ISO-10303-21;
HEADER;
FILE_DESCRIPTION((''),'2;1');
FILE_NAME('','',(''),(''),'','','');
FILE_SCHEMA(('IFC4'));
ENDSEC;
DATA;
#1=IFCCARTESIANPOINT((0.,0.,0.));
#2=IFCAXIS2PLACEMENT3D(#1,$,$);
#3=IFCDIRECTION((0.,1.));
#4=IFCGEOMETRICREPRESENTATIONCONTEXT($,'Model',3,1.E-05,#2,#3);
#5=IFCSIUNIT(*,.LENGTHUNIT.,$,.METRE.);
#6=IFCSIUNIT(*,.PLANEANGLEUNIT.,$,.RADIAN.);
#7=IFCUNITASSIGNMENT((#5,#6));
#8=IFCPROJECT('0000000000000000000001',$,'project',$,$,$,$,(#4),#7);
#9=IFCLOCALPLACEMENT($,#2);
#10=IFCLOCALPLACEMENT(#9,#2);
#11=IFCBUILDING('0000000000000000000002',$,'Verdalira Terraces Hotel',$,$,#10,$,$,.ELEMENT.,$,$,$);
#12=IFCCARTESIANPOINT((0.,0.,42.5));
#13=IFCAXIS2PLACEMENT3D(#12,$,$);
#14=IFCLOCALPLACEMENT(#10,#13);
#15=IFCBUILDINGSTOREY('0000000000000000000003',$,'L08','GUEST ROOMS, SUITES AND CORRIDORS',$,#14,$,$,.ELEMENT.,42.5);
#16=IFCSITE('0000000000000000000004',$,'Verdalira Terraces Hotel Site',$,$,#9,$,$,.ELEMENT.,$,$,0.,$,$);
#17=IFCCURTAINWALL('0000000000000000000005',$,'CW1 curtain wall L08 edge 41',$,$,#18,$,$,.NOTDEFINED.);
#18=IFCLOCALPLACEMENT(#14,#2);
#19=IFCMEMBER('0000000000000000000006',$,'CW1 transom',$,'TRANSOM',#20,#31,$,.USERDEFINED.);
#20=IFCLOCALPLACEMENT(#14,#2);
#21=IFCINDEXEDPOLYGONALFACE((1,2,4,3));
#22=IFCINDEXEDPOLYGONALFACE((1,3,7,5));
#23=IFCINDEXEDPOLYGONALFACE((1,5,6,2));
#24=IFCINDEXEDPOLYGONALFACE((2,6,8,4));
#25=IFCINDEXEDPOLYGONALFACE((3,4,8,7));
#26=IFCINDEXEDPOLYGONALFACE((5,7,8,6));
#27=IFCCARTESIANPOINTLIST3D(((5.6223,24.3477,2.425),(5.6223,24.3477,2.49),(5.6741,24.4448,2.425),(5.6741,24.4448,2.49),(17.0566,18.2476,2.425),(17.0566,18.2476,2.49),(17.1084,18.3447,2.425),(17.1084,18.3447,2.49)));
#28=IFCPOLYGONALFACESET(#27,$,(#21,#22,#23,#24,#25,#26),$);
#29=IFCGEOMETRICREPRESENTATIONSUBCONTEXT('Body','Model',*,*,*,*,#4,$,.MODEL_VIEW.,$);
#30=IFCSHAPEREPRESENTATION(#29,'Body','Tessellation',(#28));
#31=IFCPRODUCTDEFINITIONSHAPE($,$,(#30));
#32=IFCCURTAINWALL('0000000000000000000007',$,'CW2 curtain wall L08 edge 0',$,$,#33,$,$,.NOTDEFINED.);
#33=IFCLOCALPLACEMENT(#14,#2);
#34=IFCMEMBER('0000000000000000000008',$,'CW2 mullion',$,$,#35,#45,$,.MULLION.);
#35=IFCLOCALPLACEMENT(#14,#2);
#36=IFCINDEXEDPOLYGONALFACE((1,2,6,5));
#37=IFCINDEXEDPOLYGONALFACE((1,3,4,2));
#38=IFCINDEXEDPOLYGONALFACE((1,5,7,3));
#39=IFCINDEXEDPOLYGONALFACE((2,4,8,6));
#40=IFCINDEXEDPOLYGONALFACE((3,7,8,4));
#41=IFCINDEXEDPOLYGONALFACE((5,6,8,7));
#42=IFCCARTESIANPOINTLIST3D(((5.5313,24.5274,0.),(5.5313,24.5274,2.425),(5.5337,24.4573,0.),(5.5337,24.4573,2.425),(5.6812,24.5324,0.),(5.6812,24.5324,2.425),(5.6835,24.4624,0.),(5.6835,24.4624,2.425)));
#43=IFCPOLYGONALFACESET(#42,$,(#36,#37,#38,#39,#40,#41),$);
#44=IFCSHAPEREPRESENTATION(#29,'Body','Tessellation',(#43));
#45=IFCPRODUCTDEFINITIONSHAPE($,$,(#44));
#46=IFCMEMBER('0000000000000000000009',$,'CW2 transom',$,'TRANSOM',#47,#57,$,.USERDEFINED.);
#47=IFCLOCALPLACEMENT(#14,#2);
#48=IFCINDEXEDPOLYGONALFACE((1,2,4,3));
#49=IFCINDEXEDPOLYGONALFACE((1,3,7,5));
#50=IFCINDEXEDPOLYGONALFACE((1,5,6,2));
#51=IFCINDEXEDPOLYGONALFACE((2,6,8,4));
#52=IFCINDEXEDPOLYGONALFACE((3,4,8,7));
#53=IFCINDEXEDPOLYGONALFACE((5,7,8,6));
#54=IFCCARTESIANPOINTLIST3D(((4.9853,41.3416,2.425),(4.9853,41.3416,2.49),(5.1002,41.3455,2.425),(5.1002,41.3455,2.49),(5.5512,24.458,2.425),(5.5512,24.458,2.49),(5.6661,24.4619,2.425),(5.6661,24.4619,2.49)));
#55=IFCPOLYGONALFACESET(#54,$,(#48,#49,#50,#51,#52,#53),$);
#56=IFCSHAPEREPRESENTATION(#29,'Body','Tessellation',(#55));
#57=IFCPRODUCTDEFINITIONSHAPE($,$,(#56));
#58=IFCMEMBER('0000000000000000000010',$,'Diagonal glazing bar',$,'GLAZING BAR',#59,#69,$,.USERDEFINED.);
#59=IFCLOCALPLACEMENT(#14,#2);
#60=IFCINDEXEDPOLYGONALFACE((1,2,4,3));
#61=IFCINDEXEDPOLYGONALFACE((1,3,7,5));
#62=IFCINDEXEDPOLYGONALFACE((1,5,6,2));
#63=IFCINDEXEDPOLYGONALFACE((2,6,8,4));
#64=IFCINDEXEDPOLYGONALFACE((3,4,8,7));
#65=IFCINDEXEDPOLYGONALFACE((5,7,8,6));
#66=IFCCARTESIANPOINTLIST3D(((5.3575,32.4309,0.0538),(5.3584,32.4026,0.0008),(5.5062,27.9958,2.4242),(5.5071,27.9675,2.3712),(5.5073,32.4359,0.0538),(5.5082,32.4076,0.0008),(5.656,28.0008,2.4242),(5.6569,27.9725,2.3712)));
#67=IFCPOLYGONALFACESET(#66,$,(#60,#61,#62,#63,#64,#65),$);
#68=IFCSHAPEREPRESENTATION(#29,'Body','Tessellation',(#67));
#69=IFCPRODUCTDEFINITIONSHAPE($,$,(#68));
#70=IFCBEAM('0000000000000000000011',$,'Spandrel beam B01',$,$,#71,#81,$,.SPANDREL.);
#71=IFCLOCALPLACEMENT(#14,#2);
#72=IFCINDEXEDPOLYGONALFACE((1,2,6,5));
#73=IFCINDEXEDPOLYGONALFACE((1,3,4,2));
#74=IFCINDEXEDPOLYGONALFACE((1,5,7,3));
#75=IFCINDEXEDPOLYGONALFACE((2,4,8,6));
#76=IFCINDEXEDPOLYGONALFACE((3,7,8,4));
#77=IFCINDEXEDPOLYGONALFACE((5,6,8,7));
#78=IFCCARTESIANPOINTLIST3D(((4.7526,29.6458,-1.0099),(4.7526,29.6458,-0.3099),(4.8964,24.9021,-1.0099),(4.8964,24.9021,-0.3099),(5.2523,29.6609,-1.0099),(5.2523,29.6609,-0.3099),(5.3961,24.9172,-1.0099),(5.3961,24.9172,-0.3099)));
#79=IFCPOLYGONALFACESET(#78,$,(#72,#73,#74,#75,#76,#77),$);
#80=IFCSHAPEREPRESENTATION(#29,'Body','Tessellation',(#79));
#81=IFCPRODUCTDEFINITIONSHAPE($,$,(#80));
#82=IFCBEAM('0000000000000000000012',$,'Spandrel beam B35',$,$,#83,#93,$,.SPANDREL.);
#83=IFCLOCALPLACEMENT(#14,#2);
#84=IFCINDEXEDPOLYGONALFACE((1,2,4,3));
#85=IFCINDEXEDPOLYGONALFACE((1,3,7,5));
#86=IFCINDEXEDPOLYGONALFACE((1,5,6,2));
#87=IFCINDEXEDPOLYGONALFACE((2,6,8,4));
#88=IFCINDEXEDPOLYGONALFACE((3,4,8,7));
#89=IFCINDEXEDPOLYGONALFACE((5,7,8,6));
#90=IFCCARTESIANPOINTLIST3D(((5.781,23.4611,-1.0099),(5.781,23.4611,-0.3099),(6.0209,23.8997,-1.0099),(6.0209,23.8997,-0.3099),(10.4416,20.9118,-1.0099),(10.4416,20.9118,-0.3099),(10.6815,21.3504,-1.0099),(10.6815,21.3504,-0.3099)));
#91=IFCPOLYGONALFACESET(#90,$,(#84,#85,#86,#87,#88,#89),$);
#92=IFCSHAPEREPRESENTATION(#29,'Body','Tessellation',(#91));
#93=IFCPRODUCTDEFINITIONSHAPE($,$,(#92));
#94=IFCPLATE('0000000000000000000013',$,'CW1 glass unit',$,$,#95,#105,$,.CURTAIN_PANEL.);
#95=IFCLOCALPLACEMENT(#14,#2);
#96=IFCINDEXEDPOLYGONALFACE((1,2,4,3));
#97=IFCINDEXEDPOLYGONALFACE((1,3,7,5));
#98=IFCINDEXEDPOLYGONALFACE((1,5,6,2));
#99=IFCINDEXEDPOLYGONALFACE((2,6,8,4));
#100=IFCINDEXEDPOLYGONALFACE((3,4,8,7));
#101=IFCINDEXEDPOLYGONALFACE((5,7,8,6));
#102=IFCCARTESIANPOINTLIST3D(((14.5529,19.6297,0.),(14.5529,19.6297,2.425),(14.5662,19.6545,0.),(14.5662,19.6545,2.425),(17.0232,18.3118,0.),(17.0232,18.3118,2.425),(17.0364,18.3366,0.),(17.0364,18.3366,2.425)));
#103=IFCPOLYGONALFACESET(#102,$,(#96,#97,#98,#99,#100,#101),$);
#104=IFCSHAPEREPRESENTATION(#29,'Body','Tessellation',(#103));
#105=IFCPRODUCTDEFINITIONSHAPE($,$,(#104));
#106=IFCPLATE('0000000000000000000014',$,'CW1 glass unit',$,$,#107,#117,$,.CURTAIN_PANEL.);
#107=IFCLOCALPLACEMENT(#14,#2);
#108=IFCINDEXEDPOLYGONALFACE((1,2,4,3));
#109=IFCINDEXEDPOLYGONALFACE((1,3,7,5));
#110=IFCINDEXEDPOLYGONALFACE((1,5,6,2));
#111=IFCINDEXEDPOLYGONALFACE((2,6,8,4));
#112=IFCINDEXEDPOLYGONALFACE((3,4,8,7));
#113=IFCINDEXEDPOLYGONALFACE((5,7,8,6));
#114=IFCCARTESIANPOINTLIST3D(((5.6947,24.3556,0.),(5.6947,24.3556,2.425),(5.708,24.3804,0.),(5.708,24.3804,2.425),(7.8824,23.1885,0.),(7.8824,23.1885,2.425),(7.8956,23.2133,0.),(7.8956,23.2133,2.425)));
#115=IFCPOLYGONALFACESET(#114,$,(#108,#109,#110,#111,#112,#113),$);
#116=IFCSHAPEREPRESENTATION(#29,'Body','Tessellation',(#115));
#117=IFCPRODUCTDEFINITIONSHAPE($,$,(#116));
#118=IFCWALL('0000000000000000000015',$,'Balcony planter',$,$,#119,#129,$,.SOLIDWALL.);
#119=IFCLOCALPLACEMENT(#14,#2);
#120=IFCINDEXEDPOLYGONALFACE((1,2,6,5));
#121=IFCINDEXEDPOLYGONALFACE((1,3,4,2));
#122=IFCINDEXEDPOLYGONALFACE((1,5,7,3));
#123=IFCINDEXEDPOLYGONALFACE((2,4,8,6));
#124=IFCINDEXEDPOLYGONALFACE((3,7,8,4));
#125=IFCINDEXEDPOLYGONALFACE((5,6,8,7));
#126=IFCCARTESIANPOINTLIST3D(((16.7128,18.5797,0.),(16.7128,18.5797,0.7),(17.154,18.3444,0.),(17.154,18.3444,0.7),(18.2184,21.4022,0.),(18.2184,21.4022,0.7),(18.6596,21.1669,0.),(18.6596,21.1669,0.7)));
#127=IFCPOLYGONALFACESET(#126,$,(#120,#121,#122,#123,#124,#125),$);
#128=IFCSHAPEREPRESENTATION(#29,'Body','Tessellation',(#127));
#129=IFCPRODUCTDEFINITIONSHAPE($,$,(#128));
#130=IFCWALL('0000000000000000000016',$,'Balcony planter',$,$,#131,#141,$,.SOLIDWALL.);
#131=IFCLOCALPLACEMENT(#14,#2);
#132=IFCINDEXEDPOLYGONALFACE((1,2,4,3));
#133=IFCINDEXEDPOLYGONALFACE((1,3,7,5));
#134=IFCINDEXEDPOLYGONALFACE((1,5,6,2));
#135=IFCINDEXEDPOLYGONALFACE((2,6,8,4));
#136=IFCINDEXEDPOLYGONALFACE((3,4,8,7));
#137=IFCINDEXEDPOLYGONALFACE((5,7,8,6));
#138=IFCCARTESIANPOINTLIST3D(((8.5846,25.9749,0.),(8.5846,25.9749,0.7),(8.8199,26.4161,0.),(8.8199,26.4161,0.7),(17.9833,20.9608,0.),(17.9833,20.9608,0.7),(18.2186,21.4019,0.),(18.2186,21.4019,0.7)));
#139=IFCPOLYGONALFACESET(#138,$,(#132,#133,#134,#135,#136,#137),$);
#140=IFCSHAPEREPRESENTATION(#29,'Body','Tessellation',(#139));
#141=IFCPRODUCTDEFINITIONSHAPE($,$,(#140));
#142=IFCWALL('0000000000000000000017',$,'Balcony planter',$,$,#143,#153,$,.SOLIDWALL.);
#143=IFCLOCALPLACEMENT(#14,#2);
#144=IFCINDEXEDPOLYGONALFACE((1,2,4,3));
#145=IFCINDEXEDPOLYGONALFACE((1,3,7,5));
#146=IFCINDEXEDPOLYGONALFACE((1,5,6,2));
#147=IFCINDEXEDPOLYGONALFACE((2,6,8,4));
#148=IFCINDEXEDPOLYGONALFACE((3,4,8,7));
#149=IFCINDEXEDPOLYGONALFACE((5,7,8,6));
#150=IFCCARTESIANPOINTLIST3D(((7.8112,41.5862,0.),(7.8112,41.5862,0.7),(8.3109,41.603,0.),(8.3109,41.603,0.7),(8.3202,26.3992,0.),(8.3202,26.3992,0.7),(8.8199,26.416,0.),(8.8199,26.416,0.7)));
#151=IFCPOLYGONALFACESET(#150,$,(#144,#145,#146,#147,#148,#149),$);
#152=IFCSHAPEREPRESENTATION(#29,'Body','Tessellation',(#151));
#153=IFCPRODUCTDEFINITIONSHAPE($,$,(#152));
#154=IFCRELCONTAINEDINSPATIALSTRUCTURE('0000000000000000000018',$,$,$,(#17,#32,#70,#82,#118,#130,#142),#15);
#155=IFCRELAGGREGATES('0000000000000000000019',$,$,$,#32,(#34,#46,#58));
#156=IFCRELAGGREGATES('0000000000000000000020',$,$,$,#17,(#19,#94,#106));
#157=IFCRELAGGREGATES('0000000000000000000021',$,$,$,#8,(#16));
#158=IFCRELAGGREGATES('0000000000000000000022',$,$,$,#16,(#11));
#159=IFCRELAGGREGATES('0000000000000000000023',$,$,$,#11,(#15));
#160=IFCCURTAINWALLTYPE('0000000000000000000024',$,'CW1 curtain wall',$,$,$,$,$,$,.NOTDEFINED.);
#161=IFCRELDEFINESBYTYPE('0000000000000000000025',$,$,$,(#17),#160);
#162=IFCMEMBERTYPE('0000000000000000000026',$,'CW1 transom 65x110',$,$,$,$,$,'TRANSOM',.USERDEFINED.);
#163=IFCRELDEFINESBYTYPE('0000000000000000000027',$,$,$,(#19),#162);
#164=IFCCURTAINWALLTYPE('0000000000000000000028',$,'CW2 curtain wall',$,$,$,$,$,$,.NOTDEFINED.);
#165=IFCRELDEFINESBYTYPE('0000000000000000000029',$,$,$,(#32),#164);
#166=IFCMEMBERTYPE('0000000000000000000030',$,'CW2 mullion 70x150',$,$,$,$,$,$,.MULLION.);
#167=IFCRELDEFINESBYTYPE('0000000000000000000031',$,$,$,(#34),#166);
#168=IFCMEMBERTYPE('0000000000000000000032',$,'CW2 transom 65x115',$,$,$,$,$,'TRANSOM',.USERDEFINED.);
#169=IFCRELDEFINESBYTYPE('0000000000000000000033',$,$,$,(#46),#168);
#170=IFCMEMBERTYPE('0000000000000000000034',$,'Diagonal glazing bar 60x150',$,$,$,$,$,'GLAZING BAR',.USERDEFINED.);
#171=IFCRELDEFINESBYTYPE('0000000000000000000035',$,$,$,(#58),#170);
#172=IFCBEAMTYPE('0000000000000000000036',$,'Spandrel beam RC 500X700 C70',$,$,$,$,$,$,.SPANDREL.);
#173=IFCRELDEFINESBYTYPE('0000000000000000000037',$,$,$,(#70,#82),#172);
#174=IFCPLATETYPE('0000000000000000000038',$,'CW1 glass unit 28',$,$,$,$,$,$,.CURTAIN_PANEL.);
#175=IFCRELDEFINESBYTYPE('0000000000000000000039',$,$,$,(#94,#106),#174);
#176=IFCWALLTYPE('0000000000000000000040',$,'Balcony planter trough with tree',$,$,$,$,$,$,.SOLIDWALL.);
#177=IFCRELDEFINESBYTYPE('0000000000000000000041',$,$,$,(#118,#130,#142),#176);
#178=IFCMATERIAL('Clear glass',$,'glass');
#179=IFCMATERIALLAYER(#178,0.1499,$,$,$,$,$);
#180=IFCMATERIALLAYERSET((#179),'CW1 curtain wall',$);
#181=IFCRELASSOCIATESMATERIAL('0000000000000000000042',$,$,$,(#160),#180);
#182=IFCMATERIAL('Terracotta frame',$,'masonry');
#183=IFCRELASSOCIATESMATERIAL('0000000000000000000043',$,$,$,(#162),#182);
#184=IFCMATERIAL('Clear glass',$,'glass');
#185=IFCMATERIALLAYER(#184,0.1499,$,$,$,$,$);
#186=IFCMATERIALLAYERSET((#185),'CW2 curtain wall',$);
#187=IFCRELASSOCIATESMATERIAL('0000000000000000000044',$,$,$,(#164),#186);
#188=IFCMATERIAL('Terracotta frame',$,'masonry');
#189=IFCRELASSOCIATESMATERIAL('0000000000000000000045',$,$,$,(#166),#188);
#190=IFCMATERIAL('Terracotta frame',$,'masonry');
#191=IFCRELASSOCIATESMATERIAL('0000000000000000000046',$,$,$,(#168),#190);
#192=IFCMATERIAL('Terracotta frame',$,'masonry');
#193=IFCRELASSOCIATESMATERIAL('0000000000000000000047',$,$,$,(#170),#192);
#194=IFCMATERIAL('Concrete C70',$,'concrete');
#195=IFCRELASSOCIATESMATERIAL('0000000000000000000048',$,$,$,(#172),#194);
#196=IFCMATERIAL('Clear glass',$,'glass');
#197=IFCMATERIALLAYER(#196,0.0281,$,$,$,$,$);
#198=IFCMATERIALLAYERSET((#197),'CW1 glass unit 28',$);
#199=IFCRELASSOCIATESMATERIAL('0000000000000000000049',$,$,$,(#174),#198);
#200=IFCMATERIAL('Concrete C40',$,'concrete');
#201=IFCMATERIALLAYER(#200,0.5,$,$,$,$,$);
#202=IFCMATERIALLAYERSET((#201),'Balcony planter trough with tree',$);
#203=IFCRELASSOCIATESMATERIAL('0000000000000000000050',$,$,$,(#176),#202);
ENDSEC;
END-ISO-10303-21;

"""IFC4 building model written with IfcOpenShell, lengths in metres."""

from ifc_helpers import new_model, si_unit, direction, frame, frame_2d, origin, origin_2d, place, context, subcontext, project, spatial, rectangle, extrude, material, layer, layer_set, material_profile, profile_set, type_object, element, aggregate, save


model = new_model("IFC4")

# Units and contexts
model_context = context("Model", 3, precision=1e-05, world=origin(), true_north=direction((0.0, 1.0)))
body_context = subcontext(model_context, "Body", "Model", "MODEL_VIEW")
ifc_project = project(units=[si_unit("LENGTHUNIT", "METRE"), si_unit("PLANEANGLEUNIT", "RADIAN")], contexts=[model_context])

# Site, building, storey
site_placement = place(None, origin())
site = spatial("IfcSite", under=ifc_project, at=site_placement, Name="Verdalira Terraces Hotel Site", CompositionType="ELEMENT", RefElevation=0.0)
building_placement = place(site_placement, origin())
building = spatial("IfcBuilding", under=site, at=building_placement, Name="Verdalira Terraces Hotel", CompositionType="ELEMENT")
storey_placement = place(building_placement, frame((0.0, 0.0, 42.5)))
storey = spatial("IfcBuildingStorey", under=building, at=storey_placement, Name="L08", Description="GUEST ROOMS, SUITES AND CORRIDORS", CompositionType="ELEMENT", Elevation=42.5)

# Shared definitions
ifc_material_1 = material(Name="Clear glass", Category="glass")
ifc_layer_1 = layer(ifc_material_1, 0.1499)
ifc_layer_set_1 = layer_set([ifc_layer_1], Name="CW1 curtain wall")
curtain_wall_type_1 = type_object("IfcCurtainWallType", Name="CW1 curtain wall", PredefinedType="NOTDEFINED", material=ifc_layer_set_1)

# Curtain walls, members
curtain_wall_1_placement = place(storey_placement, origin())
curtain_wall_1 = element("IfcCurtainWall", 1, at=curtain_wall_1_placement, inside=storey, type_object=curtain_wall_type_1, Name="CW1 curtain wall L08 edge 41", PredefinedType="NOTDEFINED")
ifc_material_2 = material(Name="Terracotta frame", Category="masonry")
ifc_material_profile_1 = material_profile(ifc_material_2, rectangle(XDim=0.1101, YDim=0.0649, at=origin_2d()), Name="TR 65x110")
ifc_profile_set_1 = profile_set([ifc_material_profile_1], Name="Terracotta frame")
member_type_1 = type_object("IfcMemberType", Name="CW1 transom 65x110", ElementType="TRANSOM", PredefinedType="USERDEFINED", material=ifc_profile_set_1)
member_1_placement = place(storey_placement, frame((17.0825, 18.2961, 2.4575), z_axis=(-0.882296, 0.470696, 0.0), x_axis=(-0.470696, -0.882296, 0.0)))
member_1 = element("IfcMember", 2, at=member_1_placement, type_object=member_type_1, Name="CW1 transom", ObjectType="TRANSOM", PredefinedType="USERDEFINED", context=body_context, shape_type="SweptSolid", body=[
    extrude(rectangle(XDim=0.1101, YDim=0.0649, at=origin_2d()), origin(), (0.0, 0.0, 1.0), 12.9597),
])
ifc_material_3 = material(Name="Clear glass", Category="glass")
ifc_layer_2 = layer(ifc_material_3, 0.1499)
ifc_layer_set_2 = layer_set([ifc_layer_2], Name="CW2 curtain wall")
curtain_wall_type_2 = type_object("IfcCurtainWallType", Name="CW2 curtain wall", PredefinedType="NOTDEFINED", material=ifc_layer_set_2)
curtain_wall_2_placement = place(storey_placement, origin())
curtain_wall_2 = element("IfcCurtainWall", 3, at=curtain_wall_2_placement, inside=storey, type_object=curtain_wall_type_2, Name="CW2 curtain wall L08 edge 0", PredefinedType="NOTDEFINED")
ifc_material_4 = material(Name="Terracotta frame", Category="masonry")
ifc_material_profile_2 = material_profile(ifc_material_4, rectangle(XDim=0.0701, YDim=0.1499, at=origin_2d()), Name="MU 70x150")
ifc_profile_set_2 = profile_set([ifc_material_profile_2], Name="Terracotta frame")
member_type_2 = type_object("IfcMemberType", Name="CW2 mullion 70x150", PredefinedType="MULLION", material=ifc_profile_set_2)
member_2_placement = place(storey_placement, frame((5.6074, 24.4949, 0.0), z_axis=(0.0, 0.0, 1.0), x_axis=(-0.033504, 0.999439, 0.0)))
member_2 = element("IfcMember", 4, at=member_2_placement, type_object=member_type_2, Name="CW2 mullion", PredefinedType="MULLION", context=body_context, shape_type="SweptSolid", body=[
    extrude(rectangle(XDim=0.0701, YDim=0.1499, at=origin_2d()), origin(), (0.0, 0.0, 1.0), 2.425),
])
ifc_material_5 = material(Name="Terracotta frame", Category="masonry")
ifc_material_profile_3 = material_profile(ifc_material_5, rectangle(XDim=0.115, YDim=0.0649, at=origin_2d()), Name="TR 65x115")
ifc_profile_set_3 = profile_set([ifc_material_profile_3], Name="Terracotta frame")
member_type_3 = type_object("IfcMemberType", Name="CW2 transom 65x115", ElementType="TRANSOM", PredefinedType="USERDEFINED", material=ifc_profile_set_3)
member_3_placement = place(storey_placement, frame((5.6086, 24.46, 2.4575), z_axis=(-0.0335, 0.999439, 0.0), x_axis=(-0.999439, -0.0335, 0.0)))
member_3 = element("IfcMember", 5, at=member_3_placement, type_object=member_type_3, Name="CW2 transom", ObjectType="TRANSOM", PredefinedType="USERDEFINED", context=body_context, shape_type="SweptSolid", body=[
    extrude(rectangle(XDim=0.115, YDim=0.0649, at=origin_2d()), origin(), (0.0, 0.0, 1.0), 16.8931),
])
ifc_material_6 = material(Name="Terracotta frame", Category="masonry")
ifc_material_profile_4 = material_profile(ifc_material_6, rectangle(XDim=0.1499, YDim=0.0601, at=origin_2d()), Name="GB 60x150")
ifc_profile_set_4 = profile_set([ifc_material_profile_4], Name="Terracotta frame")
member_type_4 = type_object("IfcMemberType", Name="Diagonal glazing bar 60x150", ElementType="GLAZING BAR", PredefinedType="USERDEFINED", material=ifc_profile_set_4)
member_4_placement = place(storey_placement, frame((5.5815, 27.9841, 2.3977), z_axis=(-0.029553, 0.881555, -0.471156), x_axis=(-0.999439, -0.033505, 0.0)))
member_4 = element("IfcMember", 6, at=member_4_placement, type_object=member_type_4, Name="Diagonal glazing bar", ObjectType="GLAZING BAR", PredefinedType="USERDEFINED", context=body_context, shape_type="SweptSolid", body=[
    extrude(rectangle(XDim=0.1499, YDim=0.0601, at=origin_2d()), origin(), (0.0, 0.0, 1.0), 5.031),
])
aggregate(curtain_wall_2, [member_2, member_3, member_4])

# Beams
ifc_material_7 = material(Name="Concrete C70", Category="concrete")
ifc_material_profile_5 = material_profile(ifc_material_7, rectangle(XDim=0.5, YDim=0.7, at=origin_2d()), Name="RC 500X700")
ifc_profile_set_5 = profile_set([ifc_material_profile_5], Name="Concrete C70")
beam_type_1 = type_object("IfcBeamType", Name="Spandrel beam RC 500X700 C70", PredefinedType="SPANDREL", material=ifc_profile_set_5)
beam_1_placement = place(storey_placement, frame((5.1462, 24.9097, -0.6599), z_axis=(-0.0303, 0.999541, 0.0), x_axis=(-0.999541, -0.0303, 0.0)))
element("IfcBeam", 7, at=beam_1_placement, inside=storey, type_object=beam_type_1, Name="Spandrel beam B01", PredefinedType="SPANDREL", context=body_context, shape_type="SweptSolid", body=[
    extrude(rectangle(XDim=0.5, YDim=0.7, at=origin_2d()), origin(), (0.0, 0.0, 1.0), 4.7458),
])
beam_2_placement = place(storey_placement, frame((10.5615, 21.1311, -0.6599), z_axis=(-0.877329, 0.479889, 0.0), x_axis=(-0.479889, -0.877329, 0.0)))
element("IfcBeam", 8, at=beam_2_placement, inside=storey, type_object=beam_type_1, Name="Spandrel beam B35", PredefinedType="SPANDREL", context=body_context, shape_type="SweptSolid", body=[
    extrude(rectangle(XDim=0.5, YDim=0.7, at=origin_2d()), origin(), (0.0, 0.0, 1.0), 5.3123),
])

# Plates
ifc_material_8 = material(Name="Clear glass", Category="glass")
ifc_layer_3 = layer(ifc_material_8, 0.0281)
ifc_layer_set_3 = layer_set([ifc_layer_3], Name="CW1 glass unit 28")
plate_type = type_object("IfcPlateType", Name="CW1 glass unit 28", PredefinedType="CURTAIN_PANEL", material=ifc_layer_set_3)
plate_1_placement = place(storey_placement, frame((15.7947, 18.9832, 0.0), z_axis=(0.0, 0.0, 1.0), x_axis=(-0.882291, 0.470704, 0.0)))
plate_1 = element("IfcPlate", 9, at=plate_1_placement, type_object=plate_type, Name="CW1 glass unit", PredefinedType="CURTAIN_PANEL", context=body_context, shape_type="SweptSolid", body=[
    extrude(rectangle(XDim=2.7998, YDim=0.0281, at=origin_2d()), origin(), (0.0, 0.0, 1.0), 2.425),
])
plate_2_placement = place(storey_placement, frame((6.7952, 23.7844, 0.0), z_axis=(0.0, 0.0, 1.0), x_axis=(-0.882291, 0.470704, 0.0)))
plate_2 = element("IfcPlate", 10, at=plate_2_placement, type_object=plate_type, Name="CW1 glass unit", PredefinedType="CURTAIN_PANEL", context=body_context, shape_type="SweptSolid", body=[
    extrude(rectangle(XDim=2.4795, YDim=0.0281, at=origin_2d()), origin(), (0.0, 0.0, 1.0), 2.425),
])
aggregate(curtain_wall_1, [member_1, plate_1, plate_2])

# Walls
ifc_material_9 = material(Name="Concrete C40", Category="concrete")
ifc_layer_4 = layer(ifc_material_9, 0.5)
ifc_layer_set_4 = layer_set([ifc_layer_4], Name="Balcony planter trough with tree")
wall_type_1 = type_object("IfcWallType", Name="Balcony planter trough with tree", PredefinedType="SOLIDWALL", material=ifc_layer_set_4)
wall_1_placement = place(storey_placement, frame((16.9334, 18.4619, 0.0), z_axis=(0.0, 0.0, 1.0), x_axis=(0.470656, 0.882317, 0.0)))
element("IfcWall", 11, at=wall_1_placement, inside=storey, type_object=wall_type_1, Name="Balcony planter", PredefinedType="SOLIDWALL", context=body_context, shape_type="SweptSolid", body=[
    extrude(rectangle(XDim=3.199, YDim=0.5, at=frame_2d((1.5996, 0.0))), origin(), (0.0, 0.0, 1.0), 0.7),
])
wall_2_placement = place(storey_placement, frame((18.1008, 21.1814, 0.0), z_axis=(0.0, 0.0, 1.0), x_axis=(-0.882293, 0.4707, 0.0)))
element("IfcWall", 12, at=wall_2_placement, inside=storey, type_object=wall_type_1, Name="Balcony planter", PredefinedType="SOLIDWALL", context=body_context, shape_type="SweptSolid", body=[
    extrude(rectangle(XDim=10.6526, YDim=0.5, at=frame_2d((5.3262, 0.0))), origin(), (0.0, 0.0, 1.0), 0.7),
])
wall_3_placement = place(storey_placement, frame((8.5701, 26.4077, 0.0), z_axis=(0.0, 0.0, 1.0), x_axis=(-0.033499, 0.999439, 0.0)))
element("IfcWall", 13, at=wall_3_placement, inside=storey, type_object=wall_type_1, Name="Balcony planter", PredefinedType="SOLIDWALL", context=body_context, shape_type="SweptSolid", body=[
    extrude(rectangle(XDim=15.1956, YDim=0.5, at=frame_2d((7.5977, 0.0))), origin(), (0.0, 0.0, 1.0), 0.7),
])

save(model, "model.ifc")
